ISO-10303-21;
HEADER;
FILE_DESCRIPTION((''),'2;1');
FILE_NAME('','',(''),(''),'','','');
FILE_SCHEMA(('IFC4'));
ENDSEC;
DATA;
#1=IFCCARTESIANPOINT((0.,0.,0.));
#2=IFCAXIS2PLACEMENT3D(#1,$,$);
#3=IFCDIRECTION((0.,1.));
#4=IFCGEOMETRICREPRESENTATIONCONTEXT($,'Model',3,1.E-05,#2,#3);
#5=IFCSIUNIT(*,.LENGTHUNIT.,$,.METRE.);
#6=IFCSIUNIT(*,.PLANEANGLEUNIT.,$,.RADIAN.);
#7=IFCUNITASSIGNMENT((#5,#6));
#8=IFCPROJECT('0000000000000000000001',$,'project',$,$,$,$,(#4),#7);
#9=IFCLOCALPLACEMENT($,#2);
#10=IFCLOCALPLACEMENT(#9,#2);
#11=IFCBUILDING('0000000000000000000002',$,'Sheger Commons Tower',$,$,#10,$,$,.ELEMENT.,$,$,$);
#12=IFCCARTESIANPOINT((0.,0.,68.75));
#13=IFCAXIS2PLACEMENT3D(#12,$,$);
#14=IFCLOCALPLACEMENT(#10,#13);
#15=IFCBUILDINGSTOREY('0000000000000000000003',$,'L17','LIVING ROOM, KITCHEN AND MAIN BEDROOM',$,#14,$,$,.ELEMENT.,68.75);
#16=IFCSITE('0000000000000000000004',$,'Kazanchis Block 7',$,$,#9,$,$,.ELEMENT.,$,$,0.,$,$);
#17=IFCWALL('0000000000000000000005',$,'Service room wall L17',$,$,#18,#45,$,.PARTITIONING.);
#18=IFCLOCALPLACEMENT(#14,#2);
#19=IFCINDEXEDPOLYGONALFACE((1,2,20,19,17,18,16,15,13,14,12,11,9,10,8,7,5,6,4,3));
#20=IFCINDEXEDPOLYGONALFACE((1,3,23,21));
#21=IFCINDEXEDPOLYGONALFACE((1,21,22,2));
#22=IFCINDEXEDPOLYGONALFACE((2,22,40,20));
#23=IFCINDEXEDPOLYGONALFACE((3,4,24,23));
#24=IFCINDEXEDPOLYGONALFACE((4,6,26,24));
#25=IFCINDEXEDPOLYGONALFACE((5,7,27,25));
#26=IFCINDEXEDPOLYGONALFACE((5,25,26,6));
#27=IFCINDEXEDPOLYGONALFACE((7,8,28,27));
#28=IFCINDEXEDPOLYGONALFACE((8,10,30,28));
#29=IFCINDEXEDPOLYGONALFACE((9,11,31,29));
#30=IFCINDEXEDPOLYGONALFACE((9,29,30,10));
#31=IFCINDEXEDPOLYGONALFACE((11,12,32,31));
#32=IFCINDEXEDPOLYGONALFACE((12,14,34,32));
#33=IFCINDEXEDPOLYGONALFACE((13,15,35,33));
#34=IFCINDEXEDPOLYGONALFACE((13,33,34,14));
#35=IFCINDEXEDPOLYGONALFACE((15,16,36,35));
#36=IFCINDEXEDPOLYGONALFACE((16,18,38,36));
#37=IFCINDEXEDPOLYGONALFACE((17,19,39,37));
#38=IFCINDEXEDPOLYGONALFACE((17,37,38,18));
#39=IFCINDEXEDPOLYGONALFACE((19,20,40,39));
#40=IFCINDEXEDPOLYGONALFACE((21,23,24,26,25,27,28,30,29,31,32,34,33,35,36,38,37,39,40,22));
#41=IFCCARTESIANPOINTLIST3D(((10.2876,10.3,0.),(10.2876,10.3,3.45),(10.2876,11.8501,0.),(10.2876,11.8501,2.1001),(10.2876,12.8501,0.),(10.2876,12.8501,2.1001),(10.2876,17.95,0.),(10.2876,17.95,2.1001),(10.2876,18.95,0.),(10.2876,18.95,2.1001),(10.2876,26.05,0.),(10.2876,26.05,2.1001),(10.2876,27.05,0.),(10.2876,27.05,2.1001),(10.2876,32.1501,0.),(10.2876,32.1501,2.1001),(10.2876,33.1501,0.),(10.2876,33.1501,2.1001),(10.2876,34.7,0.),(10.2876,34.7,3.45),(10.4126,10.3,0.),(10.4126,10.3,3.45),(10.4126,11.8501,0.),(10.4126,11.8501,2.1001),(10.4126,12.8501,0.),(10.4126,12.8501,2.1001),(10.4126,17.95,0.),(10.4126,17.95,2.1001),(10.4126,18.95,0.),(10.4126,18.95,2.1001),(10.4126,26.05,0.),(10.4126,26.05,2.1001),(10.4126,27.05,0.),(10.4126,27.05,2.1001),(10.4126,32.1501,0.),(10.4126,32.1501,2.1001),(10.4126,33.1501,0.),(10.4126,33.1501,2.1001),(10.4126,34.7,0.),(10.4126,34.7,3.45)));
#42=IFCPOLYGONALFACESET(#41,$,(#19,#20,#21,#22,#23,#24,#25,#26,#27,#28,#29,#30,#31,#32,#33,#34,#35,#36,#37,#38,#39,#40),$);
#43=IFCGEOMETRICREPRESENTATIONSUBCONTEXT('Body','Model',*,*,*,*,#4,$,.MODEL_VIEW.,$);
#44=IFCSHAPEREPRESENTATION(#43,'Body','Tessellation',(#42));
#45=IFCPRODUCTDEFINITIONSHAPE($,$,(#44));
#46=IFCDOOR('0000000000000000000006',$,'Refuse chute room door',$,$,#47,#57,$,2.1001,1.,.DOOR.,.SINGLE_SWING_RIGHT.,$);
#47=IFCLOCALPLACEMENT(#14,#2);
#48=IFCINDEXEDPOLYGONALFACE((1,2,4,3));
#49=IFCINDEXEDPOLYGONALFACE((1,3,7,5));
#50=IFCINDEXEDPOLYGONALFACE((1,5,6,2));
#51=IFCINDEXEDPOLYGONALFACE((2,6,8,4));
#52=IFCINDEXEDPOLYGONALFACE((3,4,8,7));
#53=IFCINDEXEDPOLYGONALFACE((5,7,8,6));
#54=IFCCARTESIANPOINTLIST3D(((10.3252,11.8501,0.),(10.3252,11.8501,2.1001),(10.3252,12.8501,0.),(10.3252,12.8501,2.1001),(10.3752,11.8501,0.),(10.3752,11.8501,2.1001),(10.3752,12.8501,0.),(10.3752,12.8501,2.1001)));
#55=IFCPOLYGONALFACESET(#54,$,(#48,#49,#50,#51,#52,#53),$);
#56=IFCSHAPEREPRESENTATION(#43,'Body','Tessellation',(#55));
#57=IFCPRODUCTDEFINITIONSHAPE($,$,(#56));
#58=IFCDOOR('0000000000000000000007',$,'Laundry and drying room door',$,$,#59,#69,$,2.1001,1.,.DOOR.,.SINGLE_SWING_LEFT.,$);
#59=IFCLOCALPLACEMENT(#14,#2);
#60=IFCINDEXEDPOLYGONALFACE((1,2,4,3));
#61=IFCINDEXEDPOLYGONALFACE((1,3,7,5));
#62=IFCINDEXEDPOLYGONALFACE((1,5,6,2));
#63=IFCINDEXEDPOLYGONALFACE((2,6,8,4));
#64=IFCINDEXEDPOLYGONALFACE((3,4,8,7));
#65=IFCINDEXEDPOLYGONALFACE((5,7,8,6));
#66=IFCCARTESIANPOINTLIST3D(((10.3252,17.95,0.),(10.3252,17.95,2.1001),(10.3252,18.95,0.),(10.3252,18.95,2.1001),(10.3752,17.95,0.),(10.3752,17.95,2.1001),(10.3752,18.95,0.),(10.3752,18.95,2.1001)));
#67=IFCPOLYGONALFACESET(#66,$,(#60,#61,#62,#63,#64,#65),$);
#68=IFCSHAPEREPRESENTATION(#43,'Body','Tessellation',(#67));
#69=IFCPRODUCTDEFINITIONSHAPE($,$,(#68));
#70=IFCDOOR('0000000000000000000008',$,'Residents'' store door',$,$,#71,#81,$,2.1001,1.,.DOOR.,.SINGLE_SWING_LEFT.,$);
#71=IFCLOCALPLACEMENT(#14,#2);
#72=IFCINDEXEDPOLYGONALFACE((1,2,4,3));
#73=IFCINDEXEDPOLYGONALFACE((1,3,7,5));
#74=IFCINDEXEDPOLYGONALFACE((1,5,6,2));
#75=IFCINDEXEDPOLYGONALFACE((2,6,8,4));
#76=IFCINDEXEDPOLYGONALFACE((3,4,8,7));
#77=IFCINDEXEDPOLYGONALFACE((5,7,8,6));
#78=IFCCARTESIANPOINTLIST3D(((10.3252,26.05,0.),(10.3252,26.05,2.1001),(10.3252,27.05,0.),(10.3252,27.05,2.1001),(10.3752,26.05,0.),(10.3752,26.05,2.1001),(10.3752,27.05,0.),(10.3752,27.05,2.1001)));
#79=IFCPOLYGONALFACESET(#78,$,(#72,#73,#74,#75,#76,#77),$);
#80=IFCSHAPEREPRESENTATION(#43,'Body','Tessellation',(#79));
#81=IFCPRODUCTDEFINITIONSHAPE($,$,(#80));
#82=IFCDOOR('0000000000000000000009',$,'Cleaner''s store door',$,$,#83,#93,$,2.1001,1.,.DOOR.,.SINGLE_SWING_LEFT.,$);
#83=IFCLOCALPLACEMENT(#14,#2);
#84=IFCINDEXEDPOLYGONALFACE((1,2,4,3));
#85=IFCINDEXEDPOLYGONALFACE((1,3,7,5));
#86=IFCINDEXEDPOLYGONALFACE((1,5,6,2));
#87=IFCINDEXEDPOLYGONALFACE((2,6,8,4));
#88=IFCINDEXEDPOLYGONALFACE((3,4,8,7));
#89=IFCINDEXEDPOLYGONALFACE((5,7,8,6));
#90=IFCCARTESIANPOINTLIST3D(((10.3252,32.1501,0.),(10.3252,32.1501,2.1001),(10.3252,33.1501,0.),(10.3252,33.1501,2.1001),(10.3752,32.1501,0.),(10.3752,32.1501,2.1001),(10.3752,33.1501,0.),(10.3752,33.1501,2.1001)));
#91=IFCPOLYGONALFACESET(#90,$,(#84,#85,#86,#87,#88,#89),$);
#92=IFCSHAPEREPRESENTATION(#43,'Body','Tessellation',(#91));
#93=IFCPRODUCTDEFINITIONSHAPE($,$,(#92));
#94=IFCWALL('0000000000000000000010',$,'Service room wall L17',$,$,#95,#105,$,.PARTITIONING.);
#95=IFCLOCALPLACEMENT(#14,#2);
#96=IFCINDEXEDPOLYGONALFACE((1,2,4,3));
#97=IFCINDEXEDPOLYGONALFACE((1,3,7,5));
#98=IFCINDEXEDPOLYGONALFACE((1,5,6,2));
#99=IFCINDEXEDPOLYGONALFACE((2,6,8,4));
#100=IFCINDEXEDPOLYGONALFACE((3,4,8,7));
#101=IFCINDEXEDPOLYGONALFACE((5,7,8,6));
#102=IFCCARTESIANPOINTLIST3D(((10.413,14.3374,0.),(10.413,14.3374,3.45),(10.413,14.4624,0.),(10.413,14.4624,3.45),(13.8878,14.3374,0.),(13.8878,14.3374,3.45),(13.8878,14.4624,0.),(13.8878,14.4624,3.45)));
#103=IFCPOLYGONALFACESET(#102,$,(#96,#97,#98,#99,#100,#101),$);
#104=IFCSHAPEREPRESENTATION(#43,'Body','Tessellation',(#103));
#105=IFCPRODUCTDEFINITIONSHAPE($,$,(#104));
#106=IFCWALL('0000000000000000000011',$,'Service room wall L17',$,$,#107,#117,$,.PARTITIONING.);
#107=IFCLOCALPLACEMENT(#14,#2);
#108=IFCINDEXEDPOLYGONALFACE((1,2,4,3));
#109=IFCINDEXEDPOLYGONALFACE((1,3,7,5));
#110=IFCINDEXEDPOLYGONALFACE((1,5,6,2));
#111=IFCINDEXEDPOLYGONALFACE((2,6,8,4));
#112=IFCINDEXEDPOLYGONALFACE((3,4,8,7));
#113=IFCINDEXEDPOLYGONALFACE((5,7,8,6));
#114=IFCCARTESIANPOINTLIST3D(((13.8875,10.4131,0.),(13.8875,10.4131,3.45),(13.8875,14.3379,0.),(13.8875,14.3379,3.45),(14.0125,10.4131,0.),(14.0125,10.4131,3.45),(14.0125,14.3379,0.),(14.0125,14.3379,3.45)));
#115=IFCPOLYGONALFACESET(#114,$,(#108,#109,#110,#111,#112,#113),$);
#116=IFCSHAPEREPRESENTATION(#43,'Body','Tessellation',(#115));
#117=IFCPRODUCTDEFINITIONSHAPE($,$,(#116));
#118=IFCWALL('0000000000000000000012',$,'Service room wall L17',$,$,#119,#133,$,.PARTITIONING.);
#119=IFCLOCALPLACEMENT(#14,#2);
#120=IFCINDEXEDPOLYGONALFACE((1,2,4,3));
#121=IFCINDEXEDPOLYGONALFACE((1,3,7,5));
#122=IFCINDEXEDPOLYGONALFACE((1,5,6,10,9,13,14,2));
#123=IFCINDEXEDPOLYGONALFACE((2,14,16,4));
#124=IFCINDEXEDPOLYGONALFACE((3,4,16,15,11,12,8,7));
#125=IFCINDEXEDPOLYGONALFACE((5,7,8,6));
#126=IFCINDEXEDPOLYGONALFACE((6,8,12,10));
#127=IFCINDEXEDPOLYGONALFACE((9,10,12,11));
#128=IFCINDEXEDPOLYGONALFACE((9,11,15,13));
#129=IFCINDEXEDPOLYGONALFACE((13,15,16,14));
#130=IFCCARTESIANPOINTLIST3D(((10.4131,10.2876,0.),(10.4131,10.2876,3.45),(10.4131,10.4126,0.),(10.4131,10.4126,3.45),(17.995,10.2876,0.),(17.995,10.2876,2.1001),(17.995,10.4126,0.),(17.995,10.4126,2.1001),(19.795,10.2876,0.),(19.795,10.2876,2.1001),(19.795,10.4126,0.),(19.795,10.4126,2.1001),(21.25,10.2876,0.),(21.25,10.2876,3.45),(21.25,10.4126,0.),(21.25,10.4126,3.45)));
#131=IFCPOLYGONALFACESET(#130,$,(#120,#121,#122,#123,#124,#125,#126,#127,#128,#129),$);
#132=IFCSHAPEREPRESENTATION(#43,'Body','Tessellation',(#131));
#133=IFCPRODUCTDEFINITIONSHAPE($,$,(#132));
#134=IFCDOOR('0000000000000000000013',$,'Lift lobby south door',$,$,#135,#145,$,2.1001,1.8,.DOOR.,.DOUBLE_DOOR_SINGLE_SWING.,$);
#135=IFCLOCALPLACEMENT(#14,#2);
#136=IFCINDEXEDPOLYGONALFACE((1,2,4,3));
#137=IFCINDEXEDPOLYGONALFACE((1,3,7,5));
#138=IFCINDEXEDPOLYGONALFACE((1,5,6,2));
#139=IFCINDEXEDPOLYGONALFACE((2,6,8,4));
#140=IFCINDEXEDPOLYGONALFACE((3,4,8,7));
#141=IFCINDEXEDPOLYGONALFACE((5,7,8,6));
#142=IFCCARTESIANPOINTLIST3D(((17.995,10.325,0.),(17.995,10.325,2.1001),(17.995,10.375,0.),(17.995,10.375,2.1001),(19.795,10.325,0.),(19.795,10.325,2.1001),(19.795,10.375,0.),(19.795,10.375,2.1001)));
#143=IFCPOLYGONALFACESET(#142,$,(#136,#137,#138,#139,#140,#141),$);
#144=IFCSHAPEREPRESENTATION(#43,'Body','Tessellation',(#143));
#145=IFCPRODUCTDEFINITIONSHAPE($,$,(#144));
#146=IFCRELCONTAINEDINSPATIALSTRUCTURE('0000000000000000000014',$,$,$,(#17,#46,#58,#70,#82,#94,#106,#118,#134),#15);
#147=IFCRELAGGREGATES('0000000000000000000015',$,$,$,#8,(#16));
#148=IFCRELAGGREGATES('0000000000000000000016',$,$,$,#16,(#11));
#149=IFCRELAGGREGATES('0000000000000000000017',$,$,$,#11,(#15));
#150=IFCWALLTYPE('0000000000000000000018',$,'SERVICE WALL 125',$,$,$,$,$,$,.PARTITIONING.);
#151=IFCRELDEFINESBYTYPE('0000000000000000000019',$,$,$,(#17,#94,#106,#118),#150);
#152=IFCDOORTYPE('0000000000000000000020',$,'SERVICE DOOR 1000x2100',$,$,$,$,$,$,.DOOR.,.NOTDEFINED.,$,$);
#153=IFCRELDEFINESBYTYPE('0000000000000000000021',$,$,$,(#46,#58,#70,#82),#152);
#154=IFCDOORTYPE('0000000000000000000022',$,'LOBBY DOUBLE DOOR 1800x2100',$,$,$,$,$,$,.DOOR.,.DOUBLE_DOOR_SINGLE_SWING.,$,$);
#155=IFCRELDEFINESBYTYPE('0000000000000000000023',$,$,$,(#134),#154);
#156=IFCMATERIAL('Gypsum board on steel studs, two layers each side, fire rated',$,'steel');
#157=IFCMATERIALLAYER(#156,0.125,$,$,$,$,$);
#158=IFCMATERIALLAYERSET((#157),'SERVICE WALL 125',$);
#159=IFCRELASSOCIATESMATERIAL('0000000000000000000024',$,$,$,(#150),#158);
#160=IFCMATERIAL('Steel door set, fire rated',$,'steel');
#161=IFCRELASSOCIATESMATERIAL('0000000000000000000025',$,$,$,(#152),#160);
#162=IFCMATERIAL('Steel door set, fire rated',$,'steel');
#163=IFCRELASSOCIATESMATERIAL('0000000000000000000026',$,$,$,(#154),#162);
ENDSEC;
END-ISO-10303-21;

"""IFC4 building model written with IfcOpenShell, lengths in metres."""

from ifc_helpers import new_model, si_unit, direction, frame, frame_2d, origin, place, context, subcontext, project, spatial, rectangle, extrude, material, layer, layer_set, type_object, element, fill, save


model = new_model("IFC4")

# Units and contexts
model_context = context("Model", 3, precision=1e-05, world=origin(), true_north=direction((0.0, 1.0)))
body_context = subcontext(model_context, "Body", "Model", "MODEL_VIEW")
ifc_project = project(units=[si_unit("LENGTHUNIT", "METRE"), si_unit("PLANEANGLEUNIT", "RADIAN")], contexts=[model_context])

# Site, building, storey
site_placement = place(None, origin())
site = spatial("IfcSite", under=ifc_project, at=site_placement, Name="Kazanchis Block 7", CompositionType="ELEMENT", RefElevation=0.0)
building_placement = place(site_placement, origin())
building = spatial("IfcBuilding", under=site, at=building_placement, Name="Sheger Commons Tower", CompositionType="ELEMENT")
storey_placement = place(building_placement, frame((0.0, 0.0, 68.75)))
storey = spatial("IfcBuildingStorey", under=building, at=storey_placement, Name="L17", Description="LIVING ROOM, KITCHEN AND MAIN BEDROOM", CompositionType="ELEMENT", Elevation=68.75)

# Wall, openings, doors
ifc_material_1 = material(Name="Gypsum board on steel studs, two layers each side, fire rated", Category="steel")
ifc_layer_1 = layer(ifc_material_1, 0.125)
ifc_layer_set_1 = layer_set([ifc_layer_1], Name="SERVICE WALL 125")
wall_type_1 = type_object("IfcWallType", Name="SERVICE WALL 125", PredefinedType="PARTITIONING", material=ifc_layer_set_1)
wall_1_placement = place(storey_placement, frame((10.3501, 10.3, 0.0), z_axis=(0.0, 0.0, 1.0), x_axis=(0.0, 1.0, 0.0)))
wall_1 = element("IfcWall", 1, at=wall_1_placement, inside=storey, type_object=wall_type_1, Name="Service room wall L17", PredefinedType="PARTITIONING", context=body_context, shape_type="SweptSolid", body=[
    extrude(rectangle(XDim=24.3999, YDim=0.125, at=frame_2d((12.2, 0.0))), origin(), (0.0, 0.0, 1.0), 3.45),
])
opening_1_placement = place(wall_1_placement, frame((1.55, 0.0, 0.0)))
opening_1 = element("IfcOpeningElement", 2, at=opening_1_placement, cuts=wall_1, PredefinedType="OPENING", context=body_context, shape_type="SweptSolid", body=[
    extrude(rectangle(XDim=1.0, YDim=2.1001, at=frame_2d((0.5, 1.05))), frame((0.0, 0.0725, 0.0), z_axis=(0.0, -1.0, 0.0), x_axis=(1.0, 0.0, 0.0)), (0.0, 0.0, 1.0), 0.145),
])
opening_2_placement = place(wall_1_placement, frame((7.6499, 0.0, 0.0)))
opening_2 = element("IfcOpeningElement", 3, at=opening_2_placement, cuts=wall_1, PredefinedType="OPENING", context=body_context, shape_type="SweptSolid", body=[
    extrude(rectangle(XDim=1.0, YDim=2.1001, at=frame_2d((0.5, 1.05))), frame((0.0, 0.0725, 0.0), z_axis=(0.0, -1.0, 0.0), x_axis=(1.0, 0.0, 0.0)), (0.0, 0.0, 1.0), 0.145),
])
opening_3_placement = place(wall_1_placement, frame((15.75, 0.0, 0.0)))
opening_3 = element("IfcOpeningElement", 4, at=opening_3_placement, cuts=wall_1, PredefinedType="OPENING", context=body_context, shape_type="SweptSolid", body=[
    extrude(rectangle(XDim=1.0, YDim=2.1001, at=frame_2d((0.5, 1.05))), frame((0.0, 0.0725, 0.0), z_axis=(0.0, -1.0, 0.0), x_axis=(1.0, 0.0, 0.0)), (0.0, 0.0, 1.0), 0.145),
])
opening_4_placement = place(wall_1_placement, frame((21.8501, 0.0, 0.0)))
opening_4 = element("IfcOpeningElement", 5, at=opening_4_placement, cuts=wall_1, PredefinedType="OPENING", context=body_context, shape_type="SweptSolid", body=[
    extrude(rectangle(XDim=1.0, YDim=2.1001, at=frame_2d((0.5, 1.05))), frame((0.0, 0.0725, 0.0), z_axis=(0.0, -1.0, 0.0), x_axis=(1.0, 0.0, 0.0)), (0.0, 0.0, 1.0), 0.145),
])
ifc_material_2 = material(Name="Steel door set, fire rated", Category="steel")
door_type_1 = type_object("IfcDoorType", Name="SERVICE DOOR 1000x2100", OperationType="NOTDEFINED", PredefinedType="DOOR", material=ifc_material_2)
door_1_placement = place(opening_1_placement, origin())
door_1 = element("IfcDoor", 6, at=door_1_placement, inside=storey, type_object=door_type_1, Name="Refuse chute room door", OperationType="SINGLE_SWING_RIGHT", OverallHeight=2.1001, OverallWidth=1.0, PredefinedType="DOOR", context=body_context, shape_type="SweptSolid", body=[
    extrude(rectangle(XDim=1.0, YDim=2.1001, at=frame_2d((0.5, 1.05))), frame((0.0, 0.0249, 0.0), z_axis=(0.0, -1.0, 0.0), x_axis=(1.0, 0.0, 0.0)), (0.0, 0.0, 1.0), 0.05),
])
fill(opening_1, door_1)
door_2_placement = place(opening_2_placement, origin())
door_2 = element("IfcDoor", 7, at=door_2_placement, inside=storey, type_object=door_type_1, Name="Laundry and drying room door", OperationType="SINGLE_SWING_LEFT", OverallHeight=2.1001, OverallWidth=1.0, PredefinedType="DOOR", context=body_context, shape_type="SweptSolid", body=[
    extrude(rectangle(XDim=1.0, YDim=2.1001, at=frame_2d((0.5, 1.05))), frame((0.0, 0.0249, 0.0), z_axis=(0.0, -1.0, 0.0), x_axis=(1.0, 0.0, 0.0)), (0.0, 0.0, 1.0), 0.05),
])
fill(opening_2, door_2)
door_3_placement = place(opening_3_placement, origin())
door_3 = element("IfcDoor", 8, at=door_3_placement, inside=storey, type_object=door_type_1, Name="Residents' store door", OperationType="SINGLE_SWING_LEFT", OverallHeight=2.1001, OverallWidth=1.0, PredefinedType="DOOR", context=body_context, shape_type="SweptSolid", body=[
    extrude(rectangle(XDim=1.0, YDim=2.1001, at=frame_2d((0.5, 1.05))), frame((0.0, 0.0249, 0.0), z_axis=(0.0, -1.0, 0.0), x_axis=(1.0, 0.0, 0.0)), (0.0, 0.0, 1.0), 0.05),
])
fill(opening_3, door_3)
door_4_placement = place(opening_4_placement, origin())
door_4 = element("IfcDoor", 9, at=door_4_placement, inside=storey, type_object=door_type_1, Name="Cleaner's store door", OperationType="SINGLE_SWING_LEFT", OverallHeight=2.1001, OverallWidth=1.0, PredefinedType="DOOR", context=body_context, shape_type="SweptSolid", body=[
    extrude(rectangle(XDim=1.0, YDim=2.1001, at=frame_2d((0.5, 1.05))), frame((0.0, 0.0249, 0.0), z_axis=(0.0, -1.0, 0.0), x_axis=(1.0, 0.0, 0.0)), (0.0, 0.0, 1.0), 0.05),
])
fill(opening_4, door_4)

# Walls
wall_2_placement = place(storey_placement, frame((10.4131, 14.3999, 0.0), z_axis=(0.0, 0.0, 1.0), x_axis=(1.0, 0.0, 0.0)))
element("IfcWall", 10, at=wall_2_placement, inside=storey, type_object=wall_type_1, Name="Service room wall L17", PredefinedType="PARTITIONING", context=body_context, shape_type="SweptSolid", body=[
    extrude(rectangle(XDim=3.4749, YDim=0.125, at=frame_2d((1.7373, 0.0))), origin(), (0.0, 0.0, 1.0), 3.45),
])
wall_3_placement = place(storey_placement, frame((13.95, 10.4131, 0.0), z_axis=(0.0, 0.0, 1.0), x_axis=(0.0, 1.0, 0.0)))
element("IfcWall", 11, at=wall_3_placement, inside=storey, type_object=wall_type_1, Name="Service room wall L17", PredefinedType="PARTITIONING", context=body_context, shape_type="SweptSolid", body=[
    extrude(rectangle(XDim=3.9248, YDim=0.125, at=frame_2d((1.9624, 0.0))), origin(), (0.0, 0.0, 1.0), 3.45),
])

# Wall, opening, door
wall_4_placement = place(storey_placement, frame((10.4131, 10.3501, 0.0), z_axis=(0.0, 0.0, 1.0), x_axis=(1.0, 0.0, 0.0)))
wall_4 = element("IfcWall", 12, at=wall_4_placement, inside=storey, type_object=wall_type_1, Name="Service room wall L17", PredefinedType="PARTITIONING", context=body_context, shape_type="SweptSolid", body=[
    extrude(rectangle(XDim=10.8369, YDim=0.125, at=frame_2d((5.4185, 0.0))), origin(), (0.0, 0.0, 1.0), 3.45),
])
opening_5_placement = place(wall_4_placement, frame((7.582, 0.0, 0.0)))
opening_5 = element("IfcOpeningElement", 13, at=opening_5_placement, cuts=wall_4, PredefinedType="OPENING", context=body_context, shape_type="SweptSolid", body=[
    extrude(rectangle(XDim=1.8, YDim=2.1001, at=frame_2d((0.8999, 1.05))), frame((0.0, 0.0725, 0.0), z_axis=(0.0, -1.0, 0.0), x_axis=(1.0, 0.0, 0.0)), (0.0, 0.0, 1.0), 0.145),
])
ifc_material_3 = material(Name="Steel door set, fire rated", Category="steel")
door_type_2 = type_object("IfcDoorType", Name="LOBBY DOUBLE DOOR 1800x2100", OperationType="DOUBLE_DOOR_SINGLE_SWING", PredefinedType="DOOR", material=ifc_material_3)
door_5_placement = place(opening_5_placement, origin())
door_5 = element("IfcDoor", 14, at=door_5_placement, inside=storey, type_object=door_type_2, Name="Lift lobby south door", OperationType="DOUBLE_DOOR_SINGLE_SWING", OverallHeight=2.1001, OverallWidth=1.8, PredefinedType="DOOR", context=body_context, shape_type="SweptSolid", body=[
    extrude(rectangle(XDim=1.8, YDim=2.1001, at=frame_2d((0.8999, 1.05))), frame((0.0, 0.0249, 0.0), z_axis=(0.0, -1.0, 0.0), x_axis=(1.0, 0.0, 0.0)), (0.0, 0.0, 1.0), 0.05),
])
fill(opening_5, door_5)

save(model, "model.ifc")
